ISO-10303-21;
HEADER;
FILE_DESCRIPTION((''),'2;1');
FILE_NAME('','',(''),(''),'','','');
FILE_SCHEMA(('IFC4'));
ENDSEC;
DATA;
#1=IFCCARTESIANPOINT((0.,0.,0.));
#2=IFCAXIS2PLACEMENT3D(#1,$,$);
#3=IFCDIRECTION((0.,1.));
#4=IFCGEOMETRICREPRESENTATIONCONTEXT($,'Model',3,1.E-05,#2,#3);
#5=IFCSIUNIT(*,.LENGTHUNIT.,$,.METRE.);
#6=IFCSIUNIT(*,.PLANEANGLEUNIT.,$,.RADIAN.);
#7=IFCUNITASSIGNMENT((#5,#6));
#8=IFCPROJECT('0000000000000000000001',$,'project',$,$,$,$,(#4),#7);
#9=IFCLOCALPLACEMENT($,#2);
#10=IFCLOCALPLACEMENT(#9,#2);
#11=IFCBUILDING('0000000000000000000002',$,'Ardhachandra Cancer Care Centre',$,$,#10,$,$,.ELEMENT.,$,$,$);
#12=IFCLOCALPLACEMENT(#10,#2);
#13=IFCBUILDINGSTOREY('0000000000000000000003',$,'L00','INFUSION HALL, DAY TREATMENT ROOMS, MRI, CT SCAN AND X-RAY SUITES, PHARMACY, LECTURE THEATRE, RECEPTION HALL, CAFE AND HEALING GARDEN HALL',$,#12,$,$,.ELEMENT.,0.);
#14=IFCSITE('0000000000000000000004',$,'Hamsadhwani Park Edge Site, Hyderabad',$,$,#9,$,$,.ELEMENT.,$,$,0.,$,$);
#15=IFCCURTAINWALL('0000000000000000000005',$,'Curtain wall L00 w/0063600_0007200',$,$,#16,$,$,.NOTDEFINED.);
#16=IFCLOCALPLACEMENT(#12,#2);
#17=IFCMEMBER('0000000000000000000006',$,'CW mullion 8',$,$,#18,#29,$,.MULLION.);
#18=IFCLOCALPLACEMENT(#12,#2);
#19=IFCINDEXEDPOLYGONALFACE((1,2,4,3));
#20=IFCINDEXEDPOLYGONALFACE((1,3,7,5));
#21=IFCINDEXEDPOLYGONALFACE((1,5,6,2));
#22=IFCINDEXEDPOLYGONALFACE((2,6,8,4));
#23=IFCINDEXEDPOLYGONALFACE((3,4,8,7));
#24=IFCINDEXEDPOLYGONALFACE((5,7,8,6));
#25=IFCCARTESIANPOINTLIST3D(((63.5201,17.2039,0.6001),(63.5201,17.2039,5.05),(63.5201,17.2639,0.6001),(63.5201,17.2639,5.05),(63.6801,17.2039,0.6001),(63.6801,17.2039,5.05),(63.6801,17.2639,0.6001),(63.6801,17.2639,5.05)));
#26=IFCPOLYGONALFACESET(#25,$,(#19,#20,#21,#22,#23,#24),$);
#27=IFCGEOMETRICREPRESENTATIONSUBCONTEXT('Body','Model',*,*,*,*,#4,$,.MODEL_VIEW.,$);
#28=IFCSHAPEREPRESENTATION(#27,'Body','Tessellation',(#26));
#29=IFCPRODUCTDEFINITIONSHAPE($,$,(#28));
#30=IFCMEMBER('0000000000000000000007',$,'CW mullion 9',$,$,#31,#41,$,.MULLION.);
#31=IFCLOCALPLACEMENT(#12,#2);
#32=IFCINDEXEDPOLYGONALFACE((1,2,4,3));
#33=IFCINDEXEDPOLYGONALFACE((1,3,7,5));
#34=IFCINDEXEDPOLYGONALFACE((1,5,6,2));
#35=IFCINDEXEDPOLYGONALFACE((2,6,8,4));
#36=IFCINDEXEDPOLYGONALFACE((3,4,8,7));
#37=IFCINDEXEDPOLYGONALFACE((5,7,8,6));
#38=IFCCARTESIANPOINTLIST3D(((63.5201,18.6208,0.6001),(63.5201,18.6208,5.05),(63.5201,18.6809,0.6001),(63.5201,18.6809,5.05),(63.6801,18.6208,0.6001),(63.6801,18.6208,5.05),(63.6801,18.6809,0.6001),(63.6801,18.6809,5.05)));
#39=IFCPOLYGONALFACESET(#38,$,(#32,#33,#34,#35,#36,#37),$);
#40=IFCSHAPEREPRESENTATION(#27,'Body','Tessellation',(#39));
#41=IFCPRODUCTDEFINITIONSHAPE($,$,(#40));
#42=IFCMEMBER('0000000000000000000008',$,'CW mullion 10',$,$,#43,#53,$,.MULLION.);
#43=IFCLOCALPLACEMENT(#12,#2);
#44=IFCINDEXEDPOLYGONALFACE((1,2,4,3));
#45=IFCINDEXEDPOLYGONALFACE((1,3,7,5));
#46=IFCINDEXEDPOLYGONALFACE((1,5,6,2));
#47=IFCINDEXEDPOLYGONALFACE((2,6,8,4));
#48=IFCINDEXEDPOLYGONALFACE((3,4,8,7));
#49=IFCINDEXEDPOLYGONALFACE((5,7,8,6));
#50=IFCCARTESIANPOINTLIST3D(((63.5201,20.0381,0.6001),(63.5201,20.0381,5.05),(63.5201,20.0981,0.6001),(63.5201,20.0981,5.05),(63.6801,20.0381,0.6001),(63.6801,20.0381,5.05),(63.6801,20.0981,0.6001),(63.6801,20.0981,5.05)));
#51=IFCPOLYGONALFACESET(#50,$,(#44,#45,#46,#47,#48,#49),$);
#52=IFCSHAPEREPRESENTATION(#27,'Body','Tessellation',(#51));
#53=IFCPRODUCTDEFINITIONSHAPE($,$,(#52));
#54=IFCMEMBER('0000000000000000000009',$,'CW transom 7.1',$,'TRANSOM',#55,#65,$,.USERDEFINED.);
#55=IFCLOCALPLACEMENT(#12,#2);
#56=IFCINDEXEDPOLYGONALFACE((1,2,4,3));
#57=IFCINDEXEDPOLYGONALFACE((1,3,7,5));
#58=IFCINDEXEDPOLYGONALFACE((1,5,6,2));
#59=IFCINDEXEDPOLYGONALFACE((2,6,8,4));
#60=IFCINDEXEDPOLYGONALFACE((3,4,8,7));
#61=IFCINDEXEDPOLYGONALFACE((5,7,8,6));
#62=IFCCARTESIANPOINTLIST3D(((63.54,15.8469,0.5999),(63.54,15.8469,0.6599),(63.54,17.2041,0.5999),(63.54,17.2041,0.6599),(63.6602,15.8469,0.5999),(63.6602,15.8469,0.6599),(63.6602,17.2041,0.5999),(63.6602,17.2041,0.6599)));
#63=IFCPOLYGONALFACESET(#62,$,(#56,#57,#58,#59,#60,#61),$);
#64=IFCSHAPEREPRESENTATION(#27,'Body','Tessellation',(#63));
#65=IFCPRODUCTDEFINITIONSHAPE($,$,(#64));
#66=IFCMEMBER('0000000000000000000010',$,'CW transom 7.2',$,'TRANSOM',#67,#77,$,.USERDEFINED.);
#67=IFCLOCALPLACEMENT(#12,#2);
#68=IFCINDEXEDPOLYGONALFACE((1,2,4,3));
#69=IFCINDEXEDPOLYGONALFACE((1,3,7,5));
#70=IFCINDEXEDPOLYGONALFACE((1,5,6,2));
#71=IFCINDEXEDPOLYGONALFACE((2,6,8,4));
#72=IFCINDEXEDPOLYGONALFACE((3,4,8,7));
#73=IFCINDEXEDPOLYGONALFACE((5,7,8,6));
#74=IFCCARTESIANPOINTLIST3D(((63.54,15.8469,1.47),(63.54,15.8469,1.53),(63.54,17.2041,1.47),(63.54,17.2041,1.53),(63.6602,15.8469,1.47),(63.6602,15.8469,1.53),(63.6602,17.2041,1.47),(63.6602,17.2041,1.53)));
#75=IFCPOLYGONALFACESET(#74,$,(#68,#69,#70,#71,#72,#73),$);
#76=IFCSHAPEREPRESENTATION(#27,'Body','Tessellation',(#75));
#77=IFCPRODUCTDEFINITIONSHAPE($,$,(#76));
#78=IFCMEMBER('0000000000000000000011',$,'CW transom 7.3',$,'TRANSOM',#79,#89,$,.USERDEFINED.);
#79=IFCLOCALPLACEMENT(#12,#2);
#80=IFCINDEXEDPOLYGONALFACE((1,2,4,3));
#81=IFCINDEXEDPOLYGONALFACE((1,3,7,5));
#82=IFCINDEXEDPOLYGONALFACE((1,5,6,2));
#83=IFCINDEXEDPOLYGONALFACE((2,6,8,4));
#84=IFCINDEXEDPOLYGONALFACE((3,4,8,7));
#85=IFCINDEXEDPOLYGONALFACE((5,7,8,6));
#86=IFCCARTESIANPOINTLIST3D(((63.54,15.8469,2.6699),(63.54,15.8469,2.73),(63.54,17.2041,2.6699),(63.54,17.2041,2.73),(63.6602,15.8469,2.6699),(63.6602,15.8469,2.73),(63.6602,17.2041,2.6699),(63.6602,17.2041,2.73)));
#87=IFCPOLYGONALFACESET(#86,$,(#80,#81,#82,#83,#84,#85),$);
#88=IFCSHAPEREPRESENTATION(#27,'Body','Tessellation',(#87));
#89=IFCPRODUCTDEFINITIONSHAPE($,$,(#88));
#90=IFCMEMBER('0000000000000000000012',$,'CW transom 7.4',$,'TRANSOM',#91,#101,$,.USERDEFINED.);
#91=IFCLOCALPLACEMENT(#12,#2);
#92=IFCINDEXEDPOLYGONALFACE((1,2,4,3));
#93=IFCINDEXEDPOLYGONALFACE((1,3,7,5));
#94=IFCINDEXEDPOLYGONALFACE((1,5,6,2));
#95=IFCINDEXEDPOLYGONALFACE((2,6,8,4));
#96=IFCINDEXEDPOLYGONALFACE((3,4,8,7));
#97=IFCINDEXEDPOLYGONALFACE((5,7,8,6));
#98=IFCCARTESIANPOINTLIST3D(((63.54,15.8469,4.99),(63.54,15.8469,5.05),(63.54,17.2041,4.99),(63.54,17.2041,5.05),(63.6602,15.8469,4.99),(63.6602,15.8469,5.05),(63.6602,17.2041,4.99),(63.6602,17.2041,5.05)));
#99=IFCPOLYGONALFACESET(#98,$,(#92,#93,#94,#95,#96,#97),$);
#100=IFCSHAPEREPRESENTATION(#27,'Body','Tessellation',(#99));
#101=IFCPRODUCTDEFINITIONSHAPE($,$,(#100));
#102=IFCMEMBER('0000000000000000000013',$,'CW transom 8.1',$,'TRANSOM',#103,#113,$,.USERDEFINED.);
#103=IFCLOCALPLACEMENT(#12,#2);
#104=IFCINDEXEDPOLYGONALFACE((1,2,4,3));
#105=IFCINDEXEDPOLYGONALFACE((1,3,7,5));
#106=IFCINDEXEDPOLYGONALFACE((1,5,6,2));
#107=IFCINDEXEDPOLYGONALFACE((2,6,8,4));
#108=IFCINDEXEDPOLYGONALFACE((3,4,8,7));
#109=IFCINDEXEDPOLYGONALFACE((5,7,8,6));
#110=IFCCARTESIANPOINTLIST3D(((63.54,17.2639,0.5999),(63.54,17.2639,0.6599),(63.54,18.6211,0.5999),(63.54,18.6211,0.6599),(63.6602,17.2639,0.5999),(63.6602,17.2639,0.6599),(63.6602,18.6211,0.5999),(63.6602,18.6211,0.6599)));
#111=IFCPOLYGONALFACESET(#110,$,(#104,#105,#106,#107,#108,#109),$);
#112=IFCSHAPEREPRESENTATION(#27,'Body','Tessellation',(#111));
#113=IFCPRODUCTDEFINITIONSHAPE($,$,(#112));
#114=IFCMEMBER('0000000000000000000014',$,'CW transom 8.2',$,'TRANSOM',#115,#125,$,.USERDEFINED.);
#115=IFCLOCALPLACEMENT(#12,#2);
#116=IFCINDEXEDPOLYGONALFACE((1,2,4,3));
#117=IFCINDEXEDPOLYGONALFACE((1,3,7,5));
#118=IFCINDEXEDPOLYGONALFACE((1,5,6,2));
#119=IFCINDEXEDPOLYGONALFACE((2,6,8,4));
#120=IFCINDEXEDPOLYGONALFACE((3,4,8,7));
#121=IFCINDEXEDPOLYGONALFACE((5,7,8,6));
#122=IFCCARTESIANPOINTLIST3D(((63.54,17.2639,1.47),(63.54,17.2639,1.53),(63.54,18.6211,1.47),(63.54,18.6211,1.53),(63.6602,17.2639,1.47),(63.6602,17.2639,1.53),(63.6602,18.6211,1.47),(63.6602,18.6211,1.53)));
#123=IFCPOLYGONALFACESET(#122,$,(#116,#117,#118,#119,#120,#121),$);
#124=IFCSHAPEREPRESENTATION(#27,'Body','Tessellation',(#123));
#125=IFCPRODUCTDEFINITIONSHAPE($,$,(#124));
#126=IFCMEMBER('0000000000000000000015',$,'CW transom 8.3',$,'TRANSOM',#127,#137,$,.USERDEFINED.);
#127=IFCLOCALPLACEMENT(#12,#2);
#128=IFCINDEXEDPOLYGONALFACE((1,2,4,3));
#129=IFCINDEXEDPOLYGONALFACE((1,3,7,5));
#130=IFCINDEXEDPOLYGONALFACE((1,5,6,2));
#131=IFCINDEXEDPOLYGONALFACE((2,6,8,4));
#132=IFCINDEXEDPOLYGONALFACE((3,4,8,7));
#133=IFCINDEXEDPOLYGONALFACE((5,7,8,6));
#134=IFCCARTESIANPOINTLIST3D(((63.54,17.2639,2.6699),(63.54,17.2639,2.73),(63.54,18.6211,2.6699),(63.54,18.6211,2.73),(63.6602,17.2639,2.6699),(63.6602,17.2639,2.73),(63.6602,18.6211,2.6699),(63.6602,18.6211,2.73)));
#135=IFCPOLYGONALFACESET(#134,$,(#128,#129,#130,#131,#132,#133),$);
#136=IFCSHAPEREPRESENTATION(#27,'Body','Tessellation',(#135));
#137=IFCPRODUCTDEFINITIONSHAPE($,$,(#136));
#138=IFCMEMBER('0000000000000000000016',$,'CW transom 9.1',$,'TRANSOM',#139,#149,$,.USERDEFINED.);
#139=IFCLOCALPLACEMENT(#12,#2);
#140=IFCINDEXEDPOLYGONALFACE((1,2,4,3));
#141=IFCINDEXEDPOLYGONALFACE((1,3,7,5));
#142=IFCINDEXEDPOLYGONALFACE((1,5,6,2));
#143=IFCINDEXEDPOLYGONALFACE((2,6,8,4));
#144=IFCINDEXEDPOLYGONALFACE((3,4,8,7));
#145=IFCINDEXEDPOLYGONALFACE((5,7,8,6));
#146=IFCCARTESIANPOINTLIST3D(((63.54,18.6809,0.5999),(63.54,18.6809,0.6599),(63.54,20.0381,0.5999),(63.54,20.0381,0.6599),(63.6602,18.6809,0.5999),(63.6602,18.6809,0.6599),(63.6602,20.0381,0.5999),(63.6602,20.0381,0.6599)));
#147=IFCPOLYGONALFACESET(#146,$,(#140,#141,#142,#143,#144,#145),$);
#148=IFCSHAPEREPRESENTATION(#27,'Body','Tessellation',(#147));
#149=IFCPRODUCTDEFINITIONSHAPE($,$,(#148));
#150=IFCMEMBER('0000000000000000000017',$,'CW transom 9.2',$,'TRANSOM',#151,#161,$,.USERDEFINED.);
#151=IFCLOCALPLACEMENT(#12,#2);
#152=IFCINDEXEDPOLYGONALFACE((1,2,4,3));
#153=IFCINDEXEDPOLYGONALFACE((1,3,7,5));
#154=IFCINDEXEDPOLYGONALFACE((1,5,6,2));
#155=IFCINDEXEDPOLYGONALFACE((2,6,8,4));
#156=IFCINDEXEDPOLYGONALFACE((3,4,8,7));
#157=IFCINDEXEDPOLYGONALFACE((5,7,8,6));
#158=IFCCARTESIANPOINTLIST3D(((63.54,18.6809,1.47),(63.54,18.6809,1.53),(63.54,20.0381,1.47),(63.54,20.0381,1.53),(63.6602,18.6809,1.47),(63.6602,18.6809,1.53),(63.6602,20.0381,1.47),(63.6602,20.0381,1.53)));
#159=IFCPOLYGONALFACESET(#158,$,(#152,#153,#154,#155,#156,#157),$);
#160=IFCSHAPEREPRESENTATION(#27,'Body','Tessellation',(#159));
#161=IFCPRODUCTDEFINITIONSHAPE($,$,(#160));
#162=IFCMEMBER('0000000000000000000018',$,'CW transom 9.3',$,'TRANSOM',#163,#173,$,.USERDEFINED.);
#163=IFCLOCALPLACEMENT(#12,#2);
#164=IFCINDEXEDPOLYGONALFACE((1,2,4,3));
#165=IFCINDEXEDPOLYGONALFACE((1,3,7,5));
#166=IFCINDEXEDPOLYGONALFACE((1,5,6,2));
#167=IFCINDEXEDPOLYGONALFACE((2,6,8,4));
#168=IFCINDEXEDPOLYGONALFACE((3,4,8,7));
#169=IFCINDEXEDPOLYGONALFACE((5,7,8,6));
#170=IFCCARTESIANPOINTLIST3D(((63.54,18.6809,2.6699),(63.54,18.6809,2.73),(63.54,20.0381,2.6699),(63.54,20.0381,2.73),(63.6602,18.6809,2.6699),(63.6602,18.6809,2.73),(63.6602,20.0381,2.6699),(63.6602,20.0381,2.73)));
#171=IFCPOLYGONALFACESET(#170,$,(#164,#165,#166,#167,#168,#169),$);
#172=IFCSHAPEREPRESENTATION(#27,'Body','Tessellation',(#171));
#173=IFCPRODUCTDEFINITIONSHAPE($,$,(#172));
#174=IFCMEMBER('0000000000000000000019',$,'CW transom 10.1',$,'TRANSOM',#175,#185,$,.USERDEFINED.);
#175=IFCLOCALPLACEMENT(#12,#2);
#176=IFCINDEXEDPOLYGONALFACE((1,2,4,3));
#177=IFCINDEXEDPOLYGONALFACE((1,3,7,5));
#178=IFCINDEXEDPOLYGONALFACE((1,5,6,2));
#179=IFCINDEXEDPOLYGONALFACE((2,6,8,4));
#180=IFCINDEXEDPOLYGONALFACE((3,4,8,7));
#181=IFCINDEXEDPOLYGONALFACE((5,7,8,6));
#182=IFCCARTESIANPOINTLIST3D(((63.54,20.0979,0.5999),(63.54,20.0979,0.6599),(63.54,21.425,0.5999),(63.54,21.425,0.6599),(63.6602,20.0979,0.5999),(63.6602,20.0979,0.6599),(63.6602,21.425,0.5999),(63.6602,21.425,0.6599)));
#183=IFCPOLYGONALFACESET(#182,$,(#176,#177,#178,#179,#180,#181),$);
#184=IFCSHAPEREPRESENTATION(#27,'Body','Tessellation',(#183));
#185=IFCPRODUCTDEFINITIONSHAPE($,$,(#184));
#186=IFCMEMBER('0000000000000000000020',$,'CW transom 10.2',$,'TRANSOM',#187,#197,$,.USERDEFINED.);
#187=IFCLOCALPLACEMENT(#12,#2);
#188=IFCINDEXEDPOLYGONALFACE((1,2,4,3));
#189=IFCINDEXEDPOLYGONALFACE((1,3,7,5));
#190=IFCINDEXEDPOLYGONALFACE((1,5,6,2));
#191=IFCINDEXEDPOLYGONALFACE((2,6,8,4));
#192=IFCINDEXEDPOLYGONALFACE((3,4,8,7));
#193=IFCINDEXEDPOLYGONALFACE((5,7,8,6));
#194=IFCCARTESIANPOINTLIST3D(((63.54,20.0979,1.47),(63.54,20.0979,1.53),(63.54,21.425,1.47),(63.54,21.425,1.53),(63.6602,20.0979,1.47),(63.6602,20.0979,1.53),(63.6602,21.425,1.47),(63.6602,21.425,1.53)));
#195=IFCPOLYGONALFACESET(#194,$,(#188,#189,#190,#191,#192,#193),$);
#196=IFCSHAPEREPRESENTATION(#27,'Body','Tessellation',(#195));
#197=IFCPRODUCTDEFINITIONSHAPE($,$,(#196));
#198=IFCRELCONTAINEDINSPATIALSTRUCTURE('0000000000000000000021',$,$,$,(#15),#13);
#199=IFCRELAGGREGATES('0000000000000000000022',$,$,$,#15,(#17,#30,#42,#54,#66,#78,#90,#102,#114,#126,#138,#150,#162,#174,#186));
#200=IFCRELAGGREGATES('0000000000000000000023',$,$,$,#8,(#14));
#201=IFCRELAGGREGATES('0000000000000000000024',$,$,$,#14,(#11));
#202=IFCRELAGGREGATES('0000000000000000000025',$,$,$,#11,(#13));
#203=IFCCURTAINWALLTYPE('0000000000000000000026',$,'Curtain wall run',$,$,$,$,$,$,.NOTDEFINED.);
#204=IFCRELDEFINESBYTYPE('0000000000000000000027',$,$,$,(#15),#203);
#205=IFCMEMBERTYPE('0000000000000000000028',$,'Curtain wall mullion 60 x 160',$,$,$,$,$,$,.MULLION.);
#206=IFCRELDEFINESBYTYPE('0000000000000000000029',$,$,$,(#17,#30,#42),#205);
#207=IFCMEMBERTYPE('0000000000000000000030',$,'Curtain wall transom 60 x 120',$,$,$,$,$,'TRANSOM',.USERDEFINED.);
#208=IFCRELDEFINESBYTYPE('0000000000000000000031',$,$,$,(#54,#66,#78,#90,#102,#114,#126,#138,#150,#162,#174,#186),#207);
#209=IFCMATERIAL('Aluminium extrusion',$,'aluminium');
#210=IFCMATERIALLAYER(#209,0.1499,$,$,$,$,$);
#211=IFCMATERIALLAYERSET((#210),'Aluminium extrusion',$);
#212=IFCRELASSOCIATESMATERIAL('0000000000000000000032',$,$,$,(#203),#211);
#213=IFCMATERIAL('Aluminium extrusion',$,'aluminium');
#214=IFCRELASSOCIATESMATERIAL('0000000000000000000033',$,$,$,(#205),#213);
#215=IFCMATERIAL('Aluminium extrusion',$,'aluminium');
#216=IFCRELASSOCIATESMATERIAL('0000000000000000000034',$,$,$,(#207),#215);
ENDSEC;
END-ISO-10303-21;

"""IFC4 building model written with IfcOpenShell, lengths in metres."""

from ifc_helpers import new_model, si_unit, direction, frame, origin, origin_2d, place, context, subcontext, project, spatial, rectangle, extrude, material, layer, layer_set, material_profile, profile_set, type_object, element, aggregate, save


model = new_model("IFC4")

# Units and contexts
model_context = context("Model", 3, precision=1e-05, world=origin(), true_north=direction((0.0, 1.0)))
body_context = subcontext(model_context, "Body", "Model", "MODEL_VIEW")
ifc_project = project(units=[si_unit("LENGTHUNIT", "METRE"), si_unit("PLANEANGLEUNIT", "RADIAN")], contexts=[model_context])

# Site, building, storey
site_placement = place(None, origin())
site = spatial("IfcSite", under=ifc_project, at=site_placement, Name="Hamsadhwani Park Edge Site, Hyderabad", CompositionType="ELEMENT", RefElevation=0.0)
building_placement = place(site_placement, origin())
building = spatial("IfcBuilding", under=site, at=building_placement, Name="Ardhachandra Cancer Care Centre", CompositionType="ELEMENT")
storey_placement = place(building_placement, origin())
storey = spatial("IfcBuildingStorey", under=building, at=storey_placement, Name="L00", Description="INFUSION HALL, DAY TREATMENT ROOMS, MRI, CT SCAN AND X-RAY SUITES, PHARMACY, LECTURE THEATRE, RECEPTION HALL, CAFE AND HEALING GARDEN HALL", CompositionType="ELEMENT", Elevation=0.0)

# Curtain wall, members
ifc_material_1 = material(Name="Aluminium extrusion", Category="aluminium")
ifc_layer_1 = layer(ifc_material_1, 0.1499)
ifc_layer_set_1 = layer_set([ifc_layer_1], Name="Aluminium extrusion")
curtain_wall_type = type_object("IfcCurtainWallType", Name="Curtain wall run", PredefinedType="NOTDEFINED", material=ifc_layer_set_1)
curtain_wall_placement = place(storey_placement, origin())
curtain_wall = element("IfcCurtainWall", 1, at=curtain_wall_placement, inside=storey, type_object=curtain_wall_type, Name="Curtain wall L00 w/0063600_0007200", PredefinedType="NOTDEFINED")
ifc_material_2 = material(Name="Aluminium extrusion", Category="aluminium")
ifc_material_profile_1 = material_profile(ifc_material_2, rectangle(XDim=0.1599, YDim=0.0601, at=origin_2d()), Name="Curtain wall mullion 60 x 160")
ifc_profile_set_1 = profile_set([ifc_material_profile_1], Name="Aluminium extrusion")
member_type_1 = type_object("IfcMemberType", Name="Curtain wall mullion 60 x 160", PredefinedType="MULLION", material=ifc_profile_set_1)
member_1_placement = place(storey_placement, frame((63.6001, 17.2339, 0.6001), z_axis=(0.0, 0.0, 1.0), x_axis=(-1.0, 0.0, 0.0)))
member_1 = element("IfcMember", 2, at=member_1_placement, type_object=member_type_1, Name="CW mullion 8", PredefinedType="MULLION", context=body_context, shape_type="SweptSolid", body=[
    extrude(rectangle(XDim=0.1599, YDim=0.0601, at=origin_2d()), origin(), (0.0, 0.0, 1.0), 4.45),
])
member_2_placement = place(storey_placement, frame((63.6001, 18.6509, 0.6001), z_axis=(0.0, 0.0, 1.0), x_axis=(-1.0, 0.0, 0.0)))
member_2 = element("IfcMember", 3, at=member_2_placement, type_object=member_type_1, Name="CW mullion 9", PredefinedType="MULLION", context=body_context, shape_type="SweptSolid", body=[
    extrude(rectangle(XDim=0.1599, YDim=0.0601, at=origin_2d()), origin(), (0.0, 0.0, 1.0), 4.45),
])
member_3_placement = place(storey_placement, frame((63.6001, 20.0681, 0.6001), z_axis=(0.0, 0.0, 1.0), x_axis=(-1.0, 0.0, 0.0)))
member_3 = element("IfcMember", 4, at=member_3_placement, type_object=member_type_1, Name="CW mullion 10", PredefinedType="MULLION", context=body_context, shape_type="SweptSolid", body=[
    extrude(rectangle(XDim=0.1599, YDim=0.0601, at=origin_2d()), origin(), (0.0, 0.0, 1.0), 4.45),
])
ifc_material_3 = material(Name="Aluminium extrusion", Category="aluminium")
ifc_material_profile_2 = material_profile(ifc_material_3, rectangle(XDim=0.1201, YDim=0.0601, at=origin_2d()), Name="Curtain wall transom 60 x 120")
ifc_profile_set_2 = profile_set([ifc_material_profile_2], Name="Aluminium extrusion")
member_type_2 = type_object("IfcMemberType", Name="Curtain wall transom 60 x 120", ElementType="TRANSOM", PredefinedType="USERDEFINED", material=ifc_profile_set_2)
member_4_placement = place(storey_placement, frame((63.6001, 15.8469, 0.6299), z_axis=(0.0, 1.0, 0.0), x_axis=(-1.0, 0.0, 0.0)))
member_4 = element("IfcMember", 5, at=member_4_placement, type_object=member_type_2, Name="CW transom 7.1", ObjectType="TRANSOM", PredefinedType="USERDEFINED", context=body_context, shape_type="SweptSolid", body=[
    extrude(rectangle(XDim=0.1201, YDim=0.0601, at=origin_2d()), origin(), (0.0, 0.0, 1.0), 1.3572),
])
member_5_placement = place(storey_placement, frame((63.6001, 15.8469, 1.5), z_axis=(0.0, 1.0, 0.0), x_axis=(-1.0, 0.0, 0.0)))
member_5 = element("IfcMember", 6, at=member_5_placement, type_object=member_type_2, Name="CW transom 7.2", ObjectType="TRANSOM", PredefinedType="USERDEFINED", context=body_context, shape_type="SweptSolid", body=[
    extrude(rectangle(XDim=0.1201, YDim=0.0601, at=origin_2d()), origin(), (0.0, 0.0, 1.0), 1.3572),
])
member_6_placement = place(storey_placement, frame((63.6001, 15.8469, 2.7), z_axis=(0.0, 1.0, 0.0), x_axis=(-1.0, 0.0, 0.0)))
member_6 = element("IfcMember", 7, at=member_6_placement, type_object=member_type_2, Name="CW transom 7.3", ObjectType="TRANSOM", PredefinedType="USERDEFINED", context=body_context, shape_type="SweptSolid", body=[
    extrude(rectangle(XDim=0.1201, YDim=0.0601, at=origin_2d()), origin(), (0.0, 0.0, 1.0), 1.3572),
])
member_7_placement = place(storey_placement, frame((63.6001, 15.8469, 5.02), z_axis=(0.0, 1.0, 0.0), x_axis=(-1.0, 0.0, 0.0)))
member_7 = element("IfcMember", 8, at=member_7_placement, type_object=member_type_2, Name="CW transom 7.4", ObjectType="TRANSOM", PredefinedType="USERDEFINED", context=body_context, shape_type="SweptSolid", body=[
    extrude(rectangle(XDim=0.1201, YDim=0.0601, at=origin_2d()), origin(), (0.0, 0.0, 1.0), 1.3572),
])
member_8_placement = place(storey_placement, frame((63.6001, 17.2639, 0.6299), z_axis=(0.0, 1.0, 0.0), x_axis=(-1.0, 0.0, 0.0)))
member_8 = element("IfcMember", 9, at=member_8_placement, type_object=member_type_2, Name="CW transom 8.1", ObjectType="TRANSOM", PredefinedType="USERDEFINED", context=body_context, shape_type="SweptSolid", body=[
    extrude(rectangle(XDim=0.1201, YDim=0.0601, at=origin_2d()), origin(), (0.0, 0.0, 1.0), 1.3572),
])
member_9_placement = place(storey_placement, frame((63.6001, 17.2639, 1.5), z_axis=(0.0, 1.0, 0.0), x_axis=(-1.0, 0.0, 0.0)))
member_9 = element("IfcMember", 10, at=member_9_placement, type_object=member_type_2, Name="CW transom 8.2", ObjectType="TRANSOM", PredefinedType="USERDEFINED", context=body_context, shape_type="SweptSolid", body=[
    extrude(rectangle(XDim=0.1201, YDim=0.0601, at=origin_2d()), origin(), (0.0, 0.0, 1.0), 1.3572),
])
member_10_placement = place(storey_placement, frame((63.6001, 17.2639, 2.7), z_axis=(0.0, 1.0, 0.0), x_axis=(-1.0, 0.0, 0.0)))
member_10 = element("IfcMember", 11, at=member_10_placement, type_object=member_type_2, Name="CW transom 8.3", ObjectType="TRANSOM", PredefinedType="USERDEFINED", context=body_context, shape_type="SweptSolid", body=[
    extrude(rectangle(XDim=0.1201, YDim=0.0601, at=origin_2d()), origin(), (0.0, 0.0, 1.0), 1.3572),
])
member_11_placement = place(storey_placement, frame((63.6001, 18.6809, 0.6299), z_axis=(0.0, 1.0, 0.0), x_axis=(-1.0, 0.0, 0.0)))
member_11 = element("IfcMember", 12, at=member_11_placement, type_object=member_type_2, Name="CW transom 9.1", ObjectType="TRANSOM", PredefinedType="USERDEFINED", context=body_context, shape_type="SweptSolid", body=[
    extrude(rectangle(XDim=0.1201, YDim=0.0601, at=origin_2d()), origin(), (0.0, 0.0, 1.0), 1.3572),
])
member_12_placement = place(storey_placement, frame((63.6001, 18.6809, 1.5), z_axis=(0.0, 1.0, 0.0), x_axis=(-1.0, 0.0, 0.0)))
member_12 = element("IfcMember", 13, at=member_12_placement, type_object=member_type_2, Name="CW transom 9.2", ObjectType="TRANSOM", PredefinedType="USERDEFINED", context=body_context, shape_type="SweptSolid", body=[
    extrude(rectangle(XDim=0.1201, YDim=0.0601, at=origin_2d()), origin(), (0.0, 0.0, 1.0), 1.3572),
])
member_13_placement = place(storey_placement, frame((63.6001, 18.6809, 2.7), z_axis=(0.0, 1.0, 0.0), x_axis=(-1.0, 0.0, 0.0)))
member_13 = element("IfcMember", 14, at=member_13_placement, type_object=member_type_2, Name="CW transom 9.3", ObjectType="TRANSOM", PredefinedType="USERDEFINED", context=body_context, shape_type="SweptSolid", body=[
    extrude(rectangle(XDim=0.1201, YDim=0.0601, at=origin_2d()), origin(), (0.0, 0.0, 1.0), 1.3572),
])
member_14_placement = place(storey_placement, frame((63.6001, 20.0979, 0.6299), z_axis=(0.0, 1.0, 0.0), x_axis=(-1.0, 0.0, 0.0)))
member_14 = element("IfcMember", 15, at=member_14_placement, type_object=member_type_2, Name="CW transom 10.1", ObjectType="TRANSOM", PredefinedType="USERDEFINED", context=body_context, shape_type="SweptSolid", body=[
    extrude(rectangle(XDim=0.1201, YDim=0.0601, at=origin_2d()), origin(), (0.0, 0.0, 1.0), 1.3271),
])
member_15_placement = place(storey_placement, frame((63.6001, 20.0979, 1.5), z_axis=(0.0, 1.0, 0.0), x_axis=(-1.0, 0.0, 0.0)))
member_15 = element("IfcMember", 16, at=member_15_placement, type_object=member_type_2, Name="CW transom 10.2", ObjectType="TRANSOM", PredefinedType="USERDEFINED", context=body_context, shape_type="SweptSolid", body=[
    extrude(rectangle(XDim=0.1201, YDim=0.0601, at=origin_2d()), origin(), (0.0, 0.0, 1.0), 1.3271),
])
aggregate(curtain_wall, [member_1, member_2, member_3, member_4, member_5, member_6, member_7, member_8, member_9, member_10, member_11, member_12, member_13, member_14, member_15])

save(model, "model.ifc")
